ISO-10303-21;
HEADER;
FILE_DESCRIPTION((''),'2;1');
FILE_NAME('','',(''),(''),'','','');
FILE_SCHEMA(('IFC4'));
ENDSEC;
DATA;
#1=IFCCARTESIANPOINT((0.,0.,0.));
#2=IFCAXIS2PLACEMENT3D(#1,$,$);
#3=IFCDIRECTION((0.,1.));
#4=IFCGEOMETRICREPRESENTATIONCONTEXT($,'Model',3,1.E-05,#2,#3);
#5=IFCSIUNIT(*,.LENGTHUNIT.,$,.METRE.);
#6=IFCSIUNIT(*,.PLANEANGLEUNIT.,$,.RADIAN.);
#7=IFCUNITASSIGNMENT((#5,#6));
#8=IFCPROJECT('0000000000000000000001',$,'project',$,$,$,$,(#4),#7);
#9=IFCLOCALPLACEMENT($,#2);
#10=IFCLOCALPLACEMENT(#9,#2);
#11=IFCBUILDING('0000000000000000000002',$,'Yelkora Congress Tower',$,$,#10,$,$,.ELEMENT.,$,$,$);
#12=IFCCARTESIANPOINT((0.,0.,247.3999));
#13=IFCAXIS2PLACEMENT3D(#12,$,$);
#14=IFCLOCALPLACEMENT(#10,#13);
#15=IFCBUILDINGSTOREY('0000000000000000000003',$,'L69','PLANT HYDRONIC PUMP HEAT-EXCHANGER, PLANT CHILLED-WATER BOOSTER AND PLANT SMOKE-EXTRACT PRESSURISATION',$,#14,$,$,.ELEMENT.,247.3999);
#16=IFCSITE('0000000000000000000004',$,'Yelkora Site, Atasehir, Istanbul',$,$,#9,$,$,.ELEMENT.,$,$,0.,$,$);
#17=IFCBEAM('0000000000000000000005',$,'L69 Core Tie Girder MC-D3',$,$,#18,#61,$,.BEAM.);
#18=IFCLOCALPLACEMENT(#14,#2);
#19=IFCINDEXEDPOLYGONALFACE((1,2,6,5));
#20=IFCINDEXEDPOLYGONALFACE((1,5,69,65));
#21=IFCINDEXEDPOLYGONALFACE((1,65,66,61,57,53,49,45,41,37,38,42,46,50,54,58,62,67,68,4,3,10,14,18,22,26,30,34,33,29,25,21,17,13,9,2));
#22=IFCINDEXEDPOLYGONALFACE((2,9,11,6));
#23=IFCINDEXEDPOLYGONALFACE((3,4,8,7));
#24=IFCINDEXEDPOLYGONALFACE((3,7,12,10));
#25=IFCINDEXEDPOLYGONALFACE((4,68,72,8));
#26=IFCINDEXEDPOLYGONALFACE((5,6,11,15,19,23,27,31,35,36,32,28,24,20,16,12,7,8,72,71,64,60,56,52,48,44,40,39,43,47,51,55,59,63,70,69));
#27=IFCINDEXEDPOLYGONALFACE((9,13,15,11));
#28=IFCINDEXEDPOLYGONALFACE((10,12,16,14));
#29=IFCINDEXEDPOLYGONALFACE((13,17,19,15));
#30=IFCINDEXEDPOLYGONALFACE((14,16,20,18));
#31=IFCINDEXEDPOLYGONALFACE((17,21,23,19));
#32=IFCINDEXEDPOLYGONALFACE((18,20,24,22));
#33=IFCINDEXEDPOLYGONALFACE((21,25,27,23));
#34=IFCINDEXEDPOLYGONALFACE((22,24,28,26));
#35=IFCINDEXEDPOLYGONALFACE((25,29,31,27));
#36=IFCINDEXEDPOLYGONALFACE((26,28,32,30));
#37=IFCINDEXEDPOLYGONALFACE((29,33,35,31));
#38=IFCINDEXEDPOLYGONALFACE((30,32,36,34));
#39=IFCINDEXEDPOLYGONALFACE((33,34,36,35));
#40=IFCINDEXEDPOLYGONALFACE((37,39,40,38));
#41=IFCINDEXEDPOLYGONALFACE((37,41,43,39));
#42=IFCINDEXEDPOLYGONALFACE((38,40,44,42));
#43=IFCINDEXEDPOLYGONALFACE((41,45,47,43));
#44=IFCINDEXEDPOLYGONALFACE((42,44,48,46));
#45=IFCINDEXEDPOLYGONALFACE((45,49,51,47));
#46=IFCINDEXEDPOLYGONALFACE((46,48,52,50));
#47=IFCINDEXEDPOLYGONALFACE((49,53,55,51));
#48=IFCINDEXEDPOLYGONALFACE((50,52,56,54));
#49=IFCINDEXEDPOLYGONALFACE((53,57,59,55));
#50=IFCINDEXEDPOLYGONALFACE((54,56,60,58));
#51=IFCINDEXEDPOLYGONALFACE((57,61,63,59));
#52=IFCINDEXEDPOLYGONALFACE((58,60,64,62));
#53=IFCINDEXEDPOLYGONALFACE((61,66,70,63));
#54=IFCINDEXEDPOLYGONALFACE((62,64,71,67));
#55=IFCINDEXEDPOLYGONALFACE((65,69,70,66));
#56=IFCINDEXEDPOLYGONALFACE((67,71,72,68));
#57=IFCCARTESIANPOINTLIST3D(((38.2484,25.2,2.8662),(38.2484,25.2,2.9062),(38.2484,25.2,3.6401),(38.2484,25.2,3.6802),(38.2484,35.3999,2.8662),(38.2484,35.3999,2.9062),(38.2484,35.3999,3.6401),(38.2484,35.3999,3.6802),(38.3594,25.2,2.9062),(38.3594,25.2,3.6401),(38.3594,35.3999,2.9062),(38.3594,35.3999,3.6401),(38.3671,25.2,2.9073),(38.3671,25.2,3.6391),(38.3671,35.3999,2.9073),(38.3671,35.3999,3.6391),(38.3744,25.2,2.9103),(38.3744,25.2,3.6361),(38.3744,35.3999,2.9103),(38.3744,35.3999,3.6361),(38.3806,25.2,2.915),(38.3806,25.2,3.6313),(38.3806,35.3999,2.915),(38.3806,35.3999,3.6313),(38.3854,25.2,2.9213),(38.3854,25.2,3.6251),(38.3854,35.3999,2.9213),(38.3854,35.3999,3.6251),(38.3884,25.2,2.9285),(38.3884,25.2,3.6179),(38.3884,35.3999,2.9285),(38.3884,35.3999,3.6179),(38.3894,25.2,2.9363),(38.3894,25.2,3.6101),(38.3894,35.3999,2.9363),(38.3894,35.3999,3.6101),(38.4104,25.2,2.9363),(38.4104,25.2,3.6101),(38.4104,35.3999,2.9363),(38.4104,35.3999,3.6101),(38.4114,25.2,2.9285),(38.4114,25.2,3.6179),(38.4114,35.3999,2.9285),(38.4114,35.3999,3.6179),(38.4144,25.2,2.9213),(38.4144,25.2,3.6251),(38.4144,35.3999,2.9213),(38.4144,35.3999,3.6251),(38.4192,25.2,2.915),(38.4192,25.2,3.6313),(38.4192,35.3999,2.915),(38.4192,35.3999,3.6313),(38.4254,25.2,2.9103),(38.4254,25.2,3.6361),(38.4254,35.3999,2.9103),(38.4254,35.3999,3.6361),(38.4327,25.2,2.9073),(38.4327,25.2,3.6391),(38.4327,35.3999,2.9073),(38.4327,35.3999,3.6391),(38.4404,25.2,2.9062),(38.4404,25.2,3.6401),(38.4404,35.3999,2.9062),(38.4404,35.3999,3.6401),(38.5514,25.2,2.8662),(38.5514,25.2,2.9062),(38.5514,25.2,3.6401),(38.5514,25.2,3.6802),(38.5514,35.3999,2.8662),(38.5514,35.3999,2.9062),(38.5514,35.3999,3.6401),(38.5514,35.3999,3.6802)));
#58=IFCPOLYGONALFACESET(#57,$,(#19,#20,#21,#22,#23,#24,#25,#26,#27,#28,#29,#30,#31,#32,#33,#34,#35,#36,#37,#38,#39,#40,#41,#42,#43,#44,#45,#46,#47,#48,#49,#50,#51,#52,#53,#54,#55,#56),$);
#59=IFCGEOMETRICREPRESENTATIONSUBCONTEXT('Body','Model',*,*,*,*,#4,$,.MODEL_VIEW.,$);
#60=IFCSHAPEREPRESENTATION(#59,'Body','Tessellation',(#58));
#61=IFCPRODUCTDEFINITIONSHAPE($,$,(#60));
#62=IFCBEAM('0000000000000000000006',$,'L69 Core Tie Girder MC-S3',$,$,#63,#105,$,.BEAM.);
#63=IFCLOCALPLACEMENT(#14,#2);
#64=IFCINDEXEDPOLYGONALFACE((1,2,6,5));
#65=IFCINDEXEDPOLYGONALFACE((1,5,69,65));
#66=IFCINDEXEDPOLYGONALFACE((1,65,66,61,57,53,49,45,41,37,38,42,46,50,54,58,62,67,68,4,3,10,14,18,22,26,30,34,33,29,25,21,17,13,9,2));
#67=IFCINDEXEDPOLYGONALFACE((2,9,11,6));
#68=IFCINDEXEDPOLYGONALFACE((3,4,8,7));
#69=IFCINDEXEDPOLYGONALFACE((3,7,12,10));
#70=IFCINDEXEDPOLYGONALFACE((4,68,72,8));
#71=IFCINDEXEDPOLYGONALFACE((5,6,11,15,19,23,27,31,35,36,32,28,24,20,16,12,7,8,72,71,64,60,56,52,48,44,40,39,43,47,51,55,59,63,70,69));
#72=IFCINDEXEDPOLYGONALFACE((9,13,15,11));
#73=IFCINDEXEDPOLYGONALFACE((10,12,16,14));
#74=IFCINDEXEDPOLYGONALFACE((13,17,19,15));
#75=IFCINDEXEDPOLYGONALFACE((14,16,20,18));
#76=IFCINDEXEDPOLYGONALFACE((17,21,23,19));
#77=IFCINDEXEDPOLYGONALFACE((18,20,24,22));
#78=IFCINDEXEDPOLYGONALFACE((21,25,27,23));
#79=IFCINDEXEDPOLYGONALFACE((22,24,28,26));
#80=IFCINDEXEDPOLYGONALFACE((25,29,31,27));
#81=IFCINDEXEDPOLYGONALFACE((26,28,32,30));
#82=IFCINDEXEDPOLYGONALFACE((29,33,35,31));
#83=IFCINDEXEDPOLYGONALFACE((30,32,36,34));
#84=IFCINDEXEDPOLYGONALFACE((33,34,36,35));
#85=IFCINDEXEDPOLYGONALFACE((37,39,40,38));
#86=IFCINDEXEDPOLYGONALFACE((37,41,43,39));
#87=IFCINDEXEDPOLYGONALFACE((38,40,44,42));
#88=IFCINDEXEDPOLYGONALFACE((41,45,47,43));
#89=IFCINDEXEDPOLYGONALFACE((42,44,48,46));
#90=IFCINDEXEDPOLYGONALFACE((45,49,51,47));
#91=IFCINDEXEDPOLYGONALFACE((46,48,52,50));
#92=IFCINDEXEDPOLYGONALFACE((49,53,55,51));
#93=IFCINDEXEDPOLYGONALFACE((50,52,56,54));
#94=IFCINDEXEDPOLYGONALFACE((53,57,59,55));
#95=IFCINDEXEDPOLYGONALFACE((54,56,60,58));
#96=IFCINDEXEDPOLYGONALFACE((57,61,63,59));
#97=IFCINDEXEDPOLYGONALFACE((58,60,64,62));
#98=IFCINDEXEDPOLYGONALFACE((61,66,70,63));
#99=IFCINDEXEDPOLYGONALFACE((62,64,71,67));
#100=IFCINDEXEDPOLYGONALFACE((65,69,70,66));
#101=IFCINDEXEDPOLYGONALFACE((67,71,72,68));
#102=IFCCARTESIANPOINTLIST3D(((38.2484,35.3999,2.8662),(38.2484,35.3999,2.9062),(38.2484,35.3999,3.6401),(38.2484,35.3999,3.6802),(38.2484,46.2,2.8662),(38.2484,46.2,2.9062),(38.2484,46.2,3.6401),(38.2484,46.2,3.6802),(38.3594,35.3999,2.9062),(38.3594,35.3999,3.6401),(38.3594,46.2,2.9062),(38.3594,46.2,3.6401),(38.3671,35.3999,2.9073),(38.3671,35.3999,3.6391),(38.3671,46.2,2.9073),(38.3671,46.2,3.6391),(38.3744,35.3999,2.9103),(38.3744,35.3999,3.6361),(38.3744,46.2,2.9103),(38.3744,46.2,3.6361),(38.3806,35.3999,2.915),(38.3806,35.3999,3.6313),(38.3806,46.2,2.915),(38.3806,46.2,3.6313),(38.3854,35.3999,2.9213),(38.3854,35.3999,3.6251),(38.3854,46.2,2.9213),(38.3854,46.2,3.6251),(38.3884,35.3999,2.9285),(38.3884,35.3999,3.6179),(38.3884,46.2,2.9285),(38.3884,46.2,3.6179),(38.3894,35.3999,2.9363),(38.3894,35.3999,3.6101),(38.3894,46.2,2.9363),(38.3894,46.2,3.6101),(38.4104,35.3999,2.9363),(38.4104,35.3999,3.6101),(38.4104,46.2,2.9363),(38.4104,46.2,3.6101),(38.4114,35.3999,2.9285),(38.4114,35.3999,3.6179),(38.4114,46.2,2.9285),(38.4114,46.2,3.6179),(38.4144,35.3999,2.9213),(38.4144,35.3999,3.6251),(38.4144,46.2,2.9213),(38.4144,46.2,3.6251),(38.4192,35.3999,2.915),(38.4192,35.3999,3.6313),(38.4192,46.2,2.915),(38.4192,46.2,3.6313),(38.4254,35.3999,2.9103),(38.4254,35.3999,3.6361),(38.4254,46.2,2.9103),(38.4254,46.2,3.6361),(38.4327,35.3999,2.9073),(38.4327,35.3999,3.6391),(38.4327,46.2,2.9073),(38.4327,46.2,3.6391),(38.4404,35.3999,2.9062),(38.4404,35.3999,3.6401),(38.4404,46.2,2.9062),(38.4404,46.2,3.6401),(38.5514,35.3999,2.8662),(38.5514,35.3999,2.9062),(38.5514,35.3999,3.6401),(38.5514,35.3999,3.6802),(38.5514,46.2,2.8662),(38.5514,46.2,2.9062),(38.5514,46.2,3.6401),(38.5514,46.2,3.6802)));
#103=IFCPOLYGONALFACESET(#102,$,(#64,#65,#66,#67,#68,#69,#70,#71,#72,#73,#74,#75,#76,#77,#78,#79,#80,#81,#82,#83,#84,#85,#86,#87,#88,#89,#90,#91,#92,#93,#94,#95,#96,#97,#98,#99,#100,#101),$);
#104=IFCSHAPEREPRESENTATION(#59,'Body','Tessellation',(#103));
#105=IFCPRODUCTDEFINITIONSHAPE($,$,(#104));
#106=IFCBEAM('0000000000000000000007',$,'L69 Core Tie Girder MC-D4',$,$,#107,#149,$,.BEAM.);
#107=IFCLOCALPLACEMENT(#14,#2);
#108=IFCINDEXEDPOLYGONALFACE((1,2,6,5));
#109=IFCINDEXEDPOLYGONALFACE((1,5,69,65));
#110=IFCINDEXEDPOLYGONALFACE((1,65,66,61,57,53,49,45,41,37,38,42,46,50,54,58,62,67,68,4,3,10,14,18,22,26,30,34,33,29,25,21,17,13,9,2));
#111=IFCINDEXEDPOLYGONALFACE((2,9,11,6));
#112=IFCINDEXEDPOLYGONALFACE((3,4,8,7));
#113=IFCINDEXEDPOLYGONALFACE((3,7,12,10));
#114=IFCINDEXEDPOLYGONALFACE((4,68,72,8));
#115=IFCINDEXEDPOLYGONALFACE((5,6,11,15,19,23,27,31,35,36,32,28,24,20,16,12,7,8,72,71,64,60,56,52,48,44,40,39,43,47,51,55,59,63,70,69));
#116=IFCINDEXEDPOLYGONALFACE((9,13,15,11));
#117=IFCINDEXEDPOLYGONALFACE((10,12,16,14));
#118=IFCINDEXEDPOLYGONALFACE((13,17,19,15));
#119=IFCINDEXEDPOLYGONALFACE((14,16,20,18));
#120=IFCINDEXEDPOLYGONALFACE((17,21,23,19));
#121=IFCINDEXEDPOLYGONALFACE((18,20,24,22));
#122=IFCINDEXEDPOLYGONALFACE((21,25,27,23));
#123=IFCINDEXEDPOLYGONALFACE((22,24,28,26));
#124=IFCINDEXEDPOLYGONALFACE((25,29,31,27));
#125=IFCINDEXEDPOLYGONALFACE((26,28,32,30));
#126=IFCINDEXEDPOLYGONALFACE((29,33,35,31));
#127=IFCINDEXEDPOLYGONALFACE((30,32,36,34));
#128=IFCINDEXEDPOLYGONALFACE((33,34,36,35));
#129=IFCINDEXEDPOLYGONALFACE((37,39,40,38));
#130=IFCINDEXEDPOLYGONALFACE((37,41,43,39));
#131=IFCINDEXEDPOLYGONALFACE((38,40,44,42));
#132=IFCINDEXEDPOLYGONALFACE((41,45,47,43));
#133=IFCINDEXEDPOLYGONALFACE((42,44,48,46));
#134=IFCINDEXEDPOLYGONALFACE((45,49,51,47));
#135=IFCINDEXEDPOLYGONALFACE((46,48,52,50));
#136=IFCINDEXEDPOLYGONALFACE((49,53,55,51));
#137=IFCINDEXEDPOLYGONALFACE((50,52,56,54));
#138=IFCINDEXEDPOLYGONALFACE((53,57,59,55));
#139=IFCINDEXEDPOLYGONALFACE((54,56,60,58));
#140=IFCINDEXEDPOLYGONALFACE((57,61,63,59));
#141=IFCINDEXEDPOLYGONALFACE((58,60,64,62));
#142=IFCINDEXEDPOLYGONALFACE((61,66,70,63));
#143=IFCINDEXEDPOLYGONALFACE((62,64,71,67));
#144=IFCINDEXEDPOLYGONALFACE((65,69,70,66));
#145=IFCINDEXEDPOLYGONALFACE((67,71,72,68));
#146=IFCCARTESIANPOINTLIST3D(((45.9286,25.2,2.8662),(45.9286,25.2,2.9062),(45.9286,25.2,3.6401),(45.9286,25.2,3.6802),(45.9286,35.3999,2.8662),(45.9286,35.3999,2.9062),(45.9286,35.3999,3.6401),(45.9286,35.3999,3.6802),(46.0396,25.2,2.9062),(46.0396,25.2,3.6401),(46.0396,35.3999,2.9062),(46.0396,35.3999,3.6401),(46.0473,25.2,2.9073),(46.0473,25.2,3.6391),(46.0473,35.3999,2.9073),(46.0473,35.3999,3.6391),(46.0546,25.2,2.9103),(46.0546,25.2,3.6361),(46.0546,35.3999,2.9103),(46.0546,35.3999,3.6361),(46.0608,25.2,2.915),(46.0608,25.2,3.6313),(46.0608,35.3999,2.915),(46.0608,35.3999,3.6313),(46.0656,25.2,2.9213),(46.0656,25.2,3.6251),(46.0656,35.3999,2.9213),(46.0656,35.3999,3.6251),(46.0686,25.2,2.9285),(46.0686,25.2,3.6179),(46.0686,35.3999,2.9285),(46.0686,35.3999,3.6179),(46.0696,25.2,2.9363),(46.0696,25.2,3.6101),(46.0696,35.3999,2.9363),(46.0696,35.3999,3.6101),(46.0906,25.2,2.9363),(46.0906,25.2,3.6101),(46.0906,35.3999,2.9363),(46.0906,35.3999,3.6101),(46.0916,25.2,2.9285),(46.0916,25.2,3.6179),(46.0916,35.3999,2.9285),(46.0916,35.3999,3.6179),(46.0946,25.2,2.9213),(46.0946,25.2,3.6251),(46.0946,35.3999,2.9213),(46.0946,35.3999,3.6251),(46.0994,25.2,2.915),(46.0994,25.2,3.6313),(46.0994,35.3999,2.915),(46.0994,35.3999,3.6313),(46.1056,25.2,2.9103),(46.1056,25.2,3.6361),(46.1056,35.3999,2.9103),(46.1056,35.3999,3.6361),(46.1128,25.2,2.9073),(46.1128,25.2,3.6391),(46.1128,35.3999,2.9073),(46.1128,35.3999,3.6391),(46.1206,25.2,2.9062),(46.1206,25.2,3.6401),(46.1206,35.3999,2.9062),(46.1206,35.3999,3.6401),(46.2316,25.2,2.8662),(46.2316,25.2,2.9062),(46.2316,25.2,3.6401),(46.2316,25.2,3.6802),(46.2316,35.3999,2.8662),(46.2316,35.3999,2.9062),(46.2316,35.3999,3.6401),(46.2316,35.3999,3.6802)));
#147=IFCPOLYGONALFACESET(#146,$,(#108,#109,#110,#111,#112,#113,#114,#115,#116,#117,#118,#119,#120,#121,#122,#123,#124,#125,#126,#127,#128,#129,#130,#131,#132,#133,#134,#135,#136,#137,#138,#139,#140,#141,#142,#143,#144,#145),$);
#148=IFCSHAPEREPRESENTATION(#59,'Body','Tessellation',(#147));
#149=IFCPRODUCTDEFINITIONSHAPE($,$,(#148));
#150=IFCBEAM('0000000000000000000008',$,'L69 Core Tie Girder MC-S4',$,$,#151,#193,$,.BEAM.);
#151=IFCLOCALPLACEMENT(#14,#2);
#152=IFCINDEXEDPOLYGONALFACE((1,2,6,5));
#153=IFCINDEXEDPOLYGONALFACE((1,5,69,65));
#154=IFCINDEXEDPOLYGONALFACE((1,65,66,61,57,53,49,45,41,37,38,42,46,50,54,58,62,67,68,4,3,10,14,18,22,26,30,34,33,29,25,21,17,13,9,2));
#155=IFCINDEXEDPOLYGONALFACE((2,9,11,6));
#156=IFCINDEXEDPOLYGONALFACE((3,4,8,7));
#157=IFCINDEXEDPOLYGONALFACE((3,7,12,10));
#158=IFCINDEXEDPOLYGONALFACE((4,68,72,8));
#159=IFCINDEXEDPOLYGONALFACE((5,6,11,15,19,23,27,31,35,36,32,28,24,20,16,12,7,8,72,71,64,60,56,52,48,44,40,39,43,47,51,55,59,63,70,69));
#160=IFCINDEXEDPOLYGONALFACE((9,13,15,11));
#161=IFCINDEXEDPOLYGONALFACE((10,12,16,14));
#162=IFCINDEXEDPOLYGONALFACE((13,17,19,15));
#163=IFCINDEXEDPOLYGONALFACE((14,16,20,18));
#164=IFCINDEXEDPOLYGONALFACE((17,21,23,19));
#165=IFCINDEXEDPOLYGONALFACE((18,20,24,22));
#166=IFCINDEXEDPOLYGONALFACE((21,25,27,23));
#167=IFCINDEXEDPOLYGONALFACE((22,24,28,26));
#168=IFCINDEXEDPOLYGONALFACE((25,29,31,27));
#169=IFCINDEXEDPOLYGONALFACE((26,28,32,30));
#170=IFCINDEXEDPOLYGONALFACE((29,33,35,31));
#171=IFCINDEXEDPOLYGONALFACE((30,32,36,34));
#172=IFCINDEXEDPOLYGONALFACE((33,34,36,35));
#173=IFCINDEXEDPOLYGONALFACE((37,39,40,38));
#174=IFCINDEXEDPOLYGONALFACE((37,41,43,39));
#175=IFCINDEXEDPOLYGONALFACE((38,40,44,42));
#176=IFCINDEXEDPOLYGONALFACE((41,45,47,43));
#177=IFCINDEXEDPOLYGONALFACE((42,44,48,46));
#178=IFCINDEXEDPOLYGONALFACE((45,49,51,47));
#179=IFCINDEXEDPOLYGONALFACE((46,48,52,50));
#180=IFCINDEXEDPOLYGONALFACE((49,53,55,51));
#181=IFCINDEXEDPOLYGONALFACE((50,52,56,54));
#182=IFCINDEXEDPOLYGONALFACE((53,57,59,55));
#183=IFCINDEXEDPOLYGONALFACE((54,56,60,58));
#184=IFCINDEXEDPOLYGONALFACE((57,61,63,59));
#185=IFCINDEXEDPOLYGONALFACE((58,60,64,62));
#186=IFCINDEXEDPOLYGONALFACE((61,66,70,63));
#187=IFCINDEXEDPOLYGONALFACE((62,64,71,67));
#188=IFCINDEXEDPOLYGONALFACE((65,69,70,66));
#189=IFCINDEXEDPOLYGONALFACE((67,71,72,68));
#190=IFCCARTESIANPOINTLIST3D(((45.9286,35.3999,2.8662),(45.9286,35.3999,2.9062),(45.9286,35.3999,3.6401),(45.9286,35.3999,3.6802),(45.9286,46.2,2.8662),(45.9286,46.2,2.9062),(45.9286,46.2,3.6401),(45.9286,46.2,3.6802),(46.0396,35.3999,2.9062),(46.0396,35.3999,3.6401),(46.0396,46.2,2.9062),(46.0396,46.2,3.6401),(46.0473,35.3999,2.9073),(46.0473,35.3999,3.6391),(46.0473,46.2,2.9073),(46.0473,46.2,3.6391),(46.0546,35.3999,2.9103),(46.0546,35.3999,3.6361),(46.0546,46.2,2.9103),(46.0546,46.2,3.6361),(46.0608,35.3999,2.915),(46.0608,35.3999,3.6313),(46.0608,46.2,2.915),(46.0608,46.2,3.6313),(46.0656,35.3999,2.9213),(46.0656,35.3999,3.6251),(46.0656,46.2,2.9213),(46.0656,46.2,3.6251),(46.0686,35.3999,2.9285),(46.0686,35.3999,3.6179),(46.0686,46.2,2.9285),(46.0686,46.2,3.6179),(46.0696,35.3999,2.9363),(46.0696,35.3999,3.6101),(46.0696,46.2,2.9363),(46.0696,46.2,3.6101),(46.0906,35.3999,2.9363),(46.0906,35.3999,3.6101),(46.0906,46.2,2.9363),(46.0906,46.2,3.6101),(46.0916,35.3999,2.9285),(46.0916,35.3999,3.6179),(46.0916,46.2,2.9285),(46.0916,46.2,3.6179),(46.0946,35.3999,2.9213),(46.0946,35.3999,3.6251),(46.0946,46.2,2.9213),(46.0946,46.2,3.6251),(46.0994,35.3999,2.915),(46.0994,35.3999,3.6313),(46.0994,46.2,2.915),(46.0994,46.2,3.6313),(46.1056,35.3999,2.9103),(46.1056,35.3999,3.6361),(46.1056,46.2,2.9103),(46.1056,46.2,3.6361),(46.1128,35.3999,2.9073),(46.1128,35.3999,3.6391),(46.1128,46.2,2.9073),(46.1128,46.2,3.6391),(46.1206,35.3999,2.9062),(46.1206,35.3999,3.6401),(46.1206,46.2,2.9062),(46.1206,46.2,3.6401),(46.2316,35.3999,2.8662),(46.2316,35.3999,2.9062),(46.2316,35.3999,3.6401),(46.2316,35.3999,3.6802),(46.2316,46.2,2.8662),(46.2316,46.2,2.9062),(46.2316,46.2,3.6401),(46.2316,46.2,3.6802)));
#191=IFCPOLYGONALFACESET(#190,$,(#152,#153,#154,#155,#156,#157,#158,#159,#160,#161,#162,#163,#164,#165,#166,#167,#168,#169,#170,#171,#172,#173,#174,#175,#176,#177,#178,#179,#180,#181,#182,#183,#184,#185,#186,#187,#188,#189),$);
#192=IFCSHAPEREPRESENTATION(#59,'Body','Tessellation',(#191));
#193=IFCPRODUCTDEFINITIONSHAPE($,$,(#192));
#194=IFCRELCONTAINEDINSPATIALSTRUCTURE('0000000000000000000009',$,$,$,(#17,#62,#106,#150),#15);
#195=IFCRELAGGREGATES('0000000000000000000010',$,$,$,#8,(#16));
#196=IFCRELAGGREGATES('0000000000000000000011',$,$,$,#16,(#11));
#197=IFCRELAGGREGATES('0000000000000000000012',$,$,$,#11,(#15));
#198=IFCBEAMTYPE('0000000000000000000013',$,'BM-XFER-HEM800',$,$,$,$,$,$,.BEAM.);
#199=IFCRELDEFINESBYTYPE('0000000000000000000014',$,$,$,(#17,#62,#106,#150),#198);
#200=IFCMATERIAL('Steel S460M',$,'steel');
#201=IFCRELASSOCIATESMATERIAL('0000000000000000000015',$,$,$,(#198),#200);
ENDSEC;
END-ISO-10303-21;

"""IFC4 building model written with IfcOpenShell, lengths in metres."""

from ifc_helpers import new_model, si_unit, direction, frame, origin, origin_2d, place, context, subcontext, project, spatial, i_section, extrude, material, material_profile, profile_set, type_object, element, save


model = new_model("IFC4")

# Units and contexts
model_context = context("Model", 3, precision=1e-05, world=origin(), true_north=direction((0.0, 1.0)))
body_context = subcontext(model_context, "Body", "Model", "MODEL_VIEW")
ifc_project = project(units=[si_unit("LENGTHUNIT", "METRE"), si_unit("PLANEANGLEUNIT", "RADIAN")], contexts=[model_context])

# Site, building, storey
site_placement = place(None, origin())
site = spatial("IfcSite", under=ifc_project, at=site_placement, Name="Yelkora Site, Atasehir, Istanbul", CompositionType="ELEMENT", RefElevation=0.0)
building_placement = place(site_placement, origin())
building = spatial("IfcBuilding", under=site, at=building_placement, Name="Yelkora Congress Tower", CompositionType="ELEMENT")
storey_placement = place(building_placement, frame((0.0, 0.0, 247.3999)))
storey = spatial("IfcBuildingStorey", under=building, at=storey_placement, Name="L69", Description="PLANT HYDRONIC PUMP HEAT-EXCHANGER, PLANT CHILLED-WATER BOOSTER AND PLANT SMOKE-EXTRACT PRESSURISATION", CompositionType="ELEMENT", Elevation=247.3999)

# Shared definitions
ifc_material_1 = material(Name="Steel S460M", Category="steel")

# Beams
ifc_material_profile_1 = material_profile(ifc_material_1, i_section(OverallWidth=0.303, OverallDepth=0.814, WebThickness=0.021, FlangeThickness=0.04, FilletRadius=0.03, at=origin_2d()), Name="HEM 800")
ifc_profile_set_1 = profile_set([ifc_material_profile_1], Name="Steel S460M")
beam_type = type_object("IfcBeamType", Name="BM-XFER-HEM800", PredefinedType="BEAM", material=ifc_profile_set_1)
beam_1_placement = place(storey_placement, frame((38.3999, 25.2, 3.2732), z_axis=(0.0, 1.0, 0.0), x_axis=(-1.0, 0.0, 0.0)))
element("IfcBeam", 1, at=beam_1_placement, inside=storey, type_object=beam_type, Name="L69 Core Tie Girder MC-D3", PredefinedType="BEAM", context=body_context, shape_type="SweptSolid", body=[
    extrude(i_section(OverallWidth=0.303, OverallDepth=0.814, WebThickness=0.021, FlangeThickness=0.04, FilletRadius=0.03, at=origin_2d()), origin(), (0.0, 0.0, 1.0), 10.2),
])
beam_2_placement = place(storey_placement, frame((38.3999, 35.3999, 3.2732), z_axis=(0.0, 1.0, 0.0), x_axis=(-1.0, 0.0, 0.0)))
element("IfcBeam", 2, at=beam_2_placement, inside=storey, type_object=beam_type, Name="L69 Core Tie Girder MC-S3", PredefinedType="BEAM", context=body_context, shape_type="SweptSolid", body=[
    extrude(i_section(OverallWidth=0.303, OverallDepth=0.814, WebThickness=0.021, FlangeThickness=0.04, FilletRadius=0.03, at=origin_2d()), origin(), (0.0, 0.0, 1.0), 10.8),
])
beam_3_placement = place(storey_placement, frame((46.0801, 25.2, 3.2732), z_axis=(0.0, 1.0, 0.0), x_axis=(-1.0, 0.0, 0.0)))
element("IfcBeam", 3, at=beam_3_placement, inside=storey, type_object=beam_type, Name="L69 Core Tie Girder MC-D4", PredefinedType="BEAM", context=body_context, shape_type="SweptSolid", body=[
    extrude(i_section(OverallWidth=0.303, OverallDepth=0.814, WebThickness=0.021, FlangeThickness=0.04, FilletRadius=0.03, at=origin_2d()), origin(), (0.0, 0.0, 1.0), 10.2),
])
beam_4_placement = place(storey_placement, frame((46.0801, 35.3999, 3.2732), z_axis=(0.0, 1.0, 0.0), x_axis=(-1.0, 0.0, 0.0)))
element("IfcBeam", 4, at=beam_4_placement, inside=storey, type_object=beam_type, Name="L69 Core Tie Girder MC-S4", PredefinedType="BEAM", context=body_context, shape_type="SweptSolid", body=[
    extrude(i_section(OverallWidth=0.303, OverallDepth=0.814, WebThickness=0.021, FlangeThickness=0.04, FilletRadius=0.03, at=origin_2d()), origin(), (0.0, 0.0, 1.0), 10.8),
])

save(model, "model.ifc")
